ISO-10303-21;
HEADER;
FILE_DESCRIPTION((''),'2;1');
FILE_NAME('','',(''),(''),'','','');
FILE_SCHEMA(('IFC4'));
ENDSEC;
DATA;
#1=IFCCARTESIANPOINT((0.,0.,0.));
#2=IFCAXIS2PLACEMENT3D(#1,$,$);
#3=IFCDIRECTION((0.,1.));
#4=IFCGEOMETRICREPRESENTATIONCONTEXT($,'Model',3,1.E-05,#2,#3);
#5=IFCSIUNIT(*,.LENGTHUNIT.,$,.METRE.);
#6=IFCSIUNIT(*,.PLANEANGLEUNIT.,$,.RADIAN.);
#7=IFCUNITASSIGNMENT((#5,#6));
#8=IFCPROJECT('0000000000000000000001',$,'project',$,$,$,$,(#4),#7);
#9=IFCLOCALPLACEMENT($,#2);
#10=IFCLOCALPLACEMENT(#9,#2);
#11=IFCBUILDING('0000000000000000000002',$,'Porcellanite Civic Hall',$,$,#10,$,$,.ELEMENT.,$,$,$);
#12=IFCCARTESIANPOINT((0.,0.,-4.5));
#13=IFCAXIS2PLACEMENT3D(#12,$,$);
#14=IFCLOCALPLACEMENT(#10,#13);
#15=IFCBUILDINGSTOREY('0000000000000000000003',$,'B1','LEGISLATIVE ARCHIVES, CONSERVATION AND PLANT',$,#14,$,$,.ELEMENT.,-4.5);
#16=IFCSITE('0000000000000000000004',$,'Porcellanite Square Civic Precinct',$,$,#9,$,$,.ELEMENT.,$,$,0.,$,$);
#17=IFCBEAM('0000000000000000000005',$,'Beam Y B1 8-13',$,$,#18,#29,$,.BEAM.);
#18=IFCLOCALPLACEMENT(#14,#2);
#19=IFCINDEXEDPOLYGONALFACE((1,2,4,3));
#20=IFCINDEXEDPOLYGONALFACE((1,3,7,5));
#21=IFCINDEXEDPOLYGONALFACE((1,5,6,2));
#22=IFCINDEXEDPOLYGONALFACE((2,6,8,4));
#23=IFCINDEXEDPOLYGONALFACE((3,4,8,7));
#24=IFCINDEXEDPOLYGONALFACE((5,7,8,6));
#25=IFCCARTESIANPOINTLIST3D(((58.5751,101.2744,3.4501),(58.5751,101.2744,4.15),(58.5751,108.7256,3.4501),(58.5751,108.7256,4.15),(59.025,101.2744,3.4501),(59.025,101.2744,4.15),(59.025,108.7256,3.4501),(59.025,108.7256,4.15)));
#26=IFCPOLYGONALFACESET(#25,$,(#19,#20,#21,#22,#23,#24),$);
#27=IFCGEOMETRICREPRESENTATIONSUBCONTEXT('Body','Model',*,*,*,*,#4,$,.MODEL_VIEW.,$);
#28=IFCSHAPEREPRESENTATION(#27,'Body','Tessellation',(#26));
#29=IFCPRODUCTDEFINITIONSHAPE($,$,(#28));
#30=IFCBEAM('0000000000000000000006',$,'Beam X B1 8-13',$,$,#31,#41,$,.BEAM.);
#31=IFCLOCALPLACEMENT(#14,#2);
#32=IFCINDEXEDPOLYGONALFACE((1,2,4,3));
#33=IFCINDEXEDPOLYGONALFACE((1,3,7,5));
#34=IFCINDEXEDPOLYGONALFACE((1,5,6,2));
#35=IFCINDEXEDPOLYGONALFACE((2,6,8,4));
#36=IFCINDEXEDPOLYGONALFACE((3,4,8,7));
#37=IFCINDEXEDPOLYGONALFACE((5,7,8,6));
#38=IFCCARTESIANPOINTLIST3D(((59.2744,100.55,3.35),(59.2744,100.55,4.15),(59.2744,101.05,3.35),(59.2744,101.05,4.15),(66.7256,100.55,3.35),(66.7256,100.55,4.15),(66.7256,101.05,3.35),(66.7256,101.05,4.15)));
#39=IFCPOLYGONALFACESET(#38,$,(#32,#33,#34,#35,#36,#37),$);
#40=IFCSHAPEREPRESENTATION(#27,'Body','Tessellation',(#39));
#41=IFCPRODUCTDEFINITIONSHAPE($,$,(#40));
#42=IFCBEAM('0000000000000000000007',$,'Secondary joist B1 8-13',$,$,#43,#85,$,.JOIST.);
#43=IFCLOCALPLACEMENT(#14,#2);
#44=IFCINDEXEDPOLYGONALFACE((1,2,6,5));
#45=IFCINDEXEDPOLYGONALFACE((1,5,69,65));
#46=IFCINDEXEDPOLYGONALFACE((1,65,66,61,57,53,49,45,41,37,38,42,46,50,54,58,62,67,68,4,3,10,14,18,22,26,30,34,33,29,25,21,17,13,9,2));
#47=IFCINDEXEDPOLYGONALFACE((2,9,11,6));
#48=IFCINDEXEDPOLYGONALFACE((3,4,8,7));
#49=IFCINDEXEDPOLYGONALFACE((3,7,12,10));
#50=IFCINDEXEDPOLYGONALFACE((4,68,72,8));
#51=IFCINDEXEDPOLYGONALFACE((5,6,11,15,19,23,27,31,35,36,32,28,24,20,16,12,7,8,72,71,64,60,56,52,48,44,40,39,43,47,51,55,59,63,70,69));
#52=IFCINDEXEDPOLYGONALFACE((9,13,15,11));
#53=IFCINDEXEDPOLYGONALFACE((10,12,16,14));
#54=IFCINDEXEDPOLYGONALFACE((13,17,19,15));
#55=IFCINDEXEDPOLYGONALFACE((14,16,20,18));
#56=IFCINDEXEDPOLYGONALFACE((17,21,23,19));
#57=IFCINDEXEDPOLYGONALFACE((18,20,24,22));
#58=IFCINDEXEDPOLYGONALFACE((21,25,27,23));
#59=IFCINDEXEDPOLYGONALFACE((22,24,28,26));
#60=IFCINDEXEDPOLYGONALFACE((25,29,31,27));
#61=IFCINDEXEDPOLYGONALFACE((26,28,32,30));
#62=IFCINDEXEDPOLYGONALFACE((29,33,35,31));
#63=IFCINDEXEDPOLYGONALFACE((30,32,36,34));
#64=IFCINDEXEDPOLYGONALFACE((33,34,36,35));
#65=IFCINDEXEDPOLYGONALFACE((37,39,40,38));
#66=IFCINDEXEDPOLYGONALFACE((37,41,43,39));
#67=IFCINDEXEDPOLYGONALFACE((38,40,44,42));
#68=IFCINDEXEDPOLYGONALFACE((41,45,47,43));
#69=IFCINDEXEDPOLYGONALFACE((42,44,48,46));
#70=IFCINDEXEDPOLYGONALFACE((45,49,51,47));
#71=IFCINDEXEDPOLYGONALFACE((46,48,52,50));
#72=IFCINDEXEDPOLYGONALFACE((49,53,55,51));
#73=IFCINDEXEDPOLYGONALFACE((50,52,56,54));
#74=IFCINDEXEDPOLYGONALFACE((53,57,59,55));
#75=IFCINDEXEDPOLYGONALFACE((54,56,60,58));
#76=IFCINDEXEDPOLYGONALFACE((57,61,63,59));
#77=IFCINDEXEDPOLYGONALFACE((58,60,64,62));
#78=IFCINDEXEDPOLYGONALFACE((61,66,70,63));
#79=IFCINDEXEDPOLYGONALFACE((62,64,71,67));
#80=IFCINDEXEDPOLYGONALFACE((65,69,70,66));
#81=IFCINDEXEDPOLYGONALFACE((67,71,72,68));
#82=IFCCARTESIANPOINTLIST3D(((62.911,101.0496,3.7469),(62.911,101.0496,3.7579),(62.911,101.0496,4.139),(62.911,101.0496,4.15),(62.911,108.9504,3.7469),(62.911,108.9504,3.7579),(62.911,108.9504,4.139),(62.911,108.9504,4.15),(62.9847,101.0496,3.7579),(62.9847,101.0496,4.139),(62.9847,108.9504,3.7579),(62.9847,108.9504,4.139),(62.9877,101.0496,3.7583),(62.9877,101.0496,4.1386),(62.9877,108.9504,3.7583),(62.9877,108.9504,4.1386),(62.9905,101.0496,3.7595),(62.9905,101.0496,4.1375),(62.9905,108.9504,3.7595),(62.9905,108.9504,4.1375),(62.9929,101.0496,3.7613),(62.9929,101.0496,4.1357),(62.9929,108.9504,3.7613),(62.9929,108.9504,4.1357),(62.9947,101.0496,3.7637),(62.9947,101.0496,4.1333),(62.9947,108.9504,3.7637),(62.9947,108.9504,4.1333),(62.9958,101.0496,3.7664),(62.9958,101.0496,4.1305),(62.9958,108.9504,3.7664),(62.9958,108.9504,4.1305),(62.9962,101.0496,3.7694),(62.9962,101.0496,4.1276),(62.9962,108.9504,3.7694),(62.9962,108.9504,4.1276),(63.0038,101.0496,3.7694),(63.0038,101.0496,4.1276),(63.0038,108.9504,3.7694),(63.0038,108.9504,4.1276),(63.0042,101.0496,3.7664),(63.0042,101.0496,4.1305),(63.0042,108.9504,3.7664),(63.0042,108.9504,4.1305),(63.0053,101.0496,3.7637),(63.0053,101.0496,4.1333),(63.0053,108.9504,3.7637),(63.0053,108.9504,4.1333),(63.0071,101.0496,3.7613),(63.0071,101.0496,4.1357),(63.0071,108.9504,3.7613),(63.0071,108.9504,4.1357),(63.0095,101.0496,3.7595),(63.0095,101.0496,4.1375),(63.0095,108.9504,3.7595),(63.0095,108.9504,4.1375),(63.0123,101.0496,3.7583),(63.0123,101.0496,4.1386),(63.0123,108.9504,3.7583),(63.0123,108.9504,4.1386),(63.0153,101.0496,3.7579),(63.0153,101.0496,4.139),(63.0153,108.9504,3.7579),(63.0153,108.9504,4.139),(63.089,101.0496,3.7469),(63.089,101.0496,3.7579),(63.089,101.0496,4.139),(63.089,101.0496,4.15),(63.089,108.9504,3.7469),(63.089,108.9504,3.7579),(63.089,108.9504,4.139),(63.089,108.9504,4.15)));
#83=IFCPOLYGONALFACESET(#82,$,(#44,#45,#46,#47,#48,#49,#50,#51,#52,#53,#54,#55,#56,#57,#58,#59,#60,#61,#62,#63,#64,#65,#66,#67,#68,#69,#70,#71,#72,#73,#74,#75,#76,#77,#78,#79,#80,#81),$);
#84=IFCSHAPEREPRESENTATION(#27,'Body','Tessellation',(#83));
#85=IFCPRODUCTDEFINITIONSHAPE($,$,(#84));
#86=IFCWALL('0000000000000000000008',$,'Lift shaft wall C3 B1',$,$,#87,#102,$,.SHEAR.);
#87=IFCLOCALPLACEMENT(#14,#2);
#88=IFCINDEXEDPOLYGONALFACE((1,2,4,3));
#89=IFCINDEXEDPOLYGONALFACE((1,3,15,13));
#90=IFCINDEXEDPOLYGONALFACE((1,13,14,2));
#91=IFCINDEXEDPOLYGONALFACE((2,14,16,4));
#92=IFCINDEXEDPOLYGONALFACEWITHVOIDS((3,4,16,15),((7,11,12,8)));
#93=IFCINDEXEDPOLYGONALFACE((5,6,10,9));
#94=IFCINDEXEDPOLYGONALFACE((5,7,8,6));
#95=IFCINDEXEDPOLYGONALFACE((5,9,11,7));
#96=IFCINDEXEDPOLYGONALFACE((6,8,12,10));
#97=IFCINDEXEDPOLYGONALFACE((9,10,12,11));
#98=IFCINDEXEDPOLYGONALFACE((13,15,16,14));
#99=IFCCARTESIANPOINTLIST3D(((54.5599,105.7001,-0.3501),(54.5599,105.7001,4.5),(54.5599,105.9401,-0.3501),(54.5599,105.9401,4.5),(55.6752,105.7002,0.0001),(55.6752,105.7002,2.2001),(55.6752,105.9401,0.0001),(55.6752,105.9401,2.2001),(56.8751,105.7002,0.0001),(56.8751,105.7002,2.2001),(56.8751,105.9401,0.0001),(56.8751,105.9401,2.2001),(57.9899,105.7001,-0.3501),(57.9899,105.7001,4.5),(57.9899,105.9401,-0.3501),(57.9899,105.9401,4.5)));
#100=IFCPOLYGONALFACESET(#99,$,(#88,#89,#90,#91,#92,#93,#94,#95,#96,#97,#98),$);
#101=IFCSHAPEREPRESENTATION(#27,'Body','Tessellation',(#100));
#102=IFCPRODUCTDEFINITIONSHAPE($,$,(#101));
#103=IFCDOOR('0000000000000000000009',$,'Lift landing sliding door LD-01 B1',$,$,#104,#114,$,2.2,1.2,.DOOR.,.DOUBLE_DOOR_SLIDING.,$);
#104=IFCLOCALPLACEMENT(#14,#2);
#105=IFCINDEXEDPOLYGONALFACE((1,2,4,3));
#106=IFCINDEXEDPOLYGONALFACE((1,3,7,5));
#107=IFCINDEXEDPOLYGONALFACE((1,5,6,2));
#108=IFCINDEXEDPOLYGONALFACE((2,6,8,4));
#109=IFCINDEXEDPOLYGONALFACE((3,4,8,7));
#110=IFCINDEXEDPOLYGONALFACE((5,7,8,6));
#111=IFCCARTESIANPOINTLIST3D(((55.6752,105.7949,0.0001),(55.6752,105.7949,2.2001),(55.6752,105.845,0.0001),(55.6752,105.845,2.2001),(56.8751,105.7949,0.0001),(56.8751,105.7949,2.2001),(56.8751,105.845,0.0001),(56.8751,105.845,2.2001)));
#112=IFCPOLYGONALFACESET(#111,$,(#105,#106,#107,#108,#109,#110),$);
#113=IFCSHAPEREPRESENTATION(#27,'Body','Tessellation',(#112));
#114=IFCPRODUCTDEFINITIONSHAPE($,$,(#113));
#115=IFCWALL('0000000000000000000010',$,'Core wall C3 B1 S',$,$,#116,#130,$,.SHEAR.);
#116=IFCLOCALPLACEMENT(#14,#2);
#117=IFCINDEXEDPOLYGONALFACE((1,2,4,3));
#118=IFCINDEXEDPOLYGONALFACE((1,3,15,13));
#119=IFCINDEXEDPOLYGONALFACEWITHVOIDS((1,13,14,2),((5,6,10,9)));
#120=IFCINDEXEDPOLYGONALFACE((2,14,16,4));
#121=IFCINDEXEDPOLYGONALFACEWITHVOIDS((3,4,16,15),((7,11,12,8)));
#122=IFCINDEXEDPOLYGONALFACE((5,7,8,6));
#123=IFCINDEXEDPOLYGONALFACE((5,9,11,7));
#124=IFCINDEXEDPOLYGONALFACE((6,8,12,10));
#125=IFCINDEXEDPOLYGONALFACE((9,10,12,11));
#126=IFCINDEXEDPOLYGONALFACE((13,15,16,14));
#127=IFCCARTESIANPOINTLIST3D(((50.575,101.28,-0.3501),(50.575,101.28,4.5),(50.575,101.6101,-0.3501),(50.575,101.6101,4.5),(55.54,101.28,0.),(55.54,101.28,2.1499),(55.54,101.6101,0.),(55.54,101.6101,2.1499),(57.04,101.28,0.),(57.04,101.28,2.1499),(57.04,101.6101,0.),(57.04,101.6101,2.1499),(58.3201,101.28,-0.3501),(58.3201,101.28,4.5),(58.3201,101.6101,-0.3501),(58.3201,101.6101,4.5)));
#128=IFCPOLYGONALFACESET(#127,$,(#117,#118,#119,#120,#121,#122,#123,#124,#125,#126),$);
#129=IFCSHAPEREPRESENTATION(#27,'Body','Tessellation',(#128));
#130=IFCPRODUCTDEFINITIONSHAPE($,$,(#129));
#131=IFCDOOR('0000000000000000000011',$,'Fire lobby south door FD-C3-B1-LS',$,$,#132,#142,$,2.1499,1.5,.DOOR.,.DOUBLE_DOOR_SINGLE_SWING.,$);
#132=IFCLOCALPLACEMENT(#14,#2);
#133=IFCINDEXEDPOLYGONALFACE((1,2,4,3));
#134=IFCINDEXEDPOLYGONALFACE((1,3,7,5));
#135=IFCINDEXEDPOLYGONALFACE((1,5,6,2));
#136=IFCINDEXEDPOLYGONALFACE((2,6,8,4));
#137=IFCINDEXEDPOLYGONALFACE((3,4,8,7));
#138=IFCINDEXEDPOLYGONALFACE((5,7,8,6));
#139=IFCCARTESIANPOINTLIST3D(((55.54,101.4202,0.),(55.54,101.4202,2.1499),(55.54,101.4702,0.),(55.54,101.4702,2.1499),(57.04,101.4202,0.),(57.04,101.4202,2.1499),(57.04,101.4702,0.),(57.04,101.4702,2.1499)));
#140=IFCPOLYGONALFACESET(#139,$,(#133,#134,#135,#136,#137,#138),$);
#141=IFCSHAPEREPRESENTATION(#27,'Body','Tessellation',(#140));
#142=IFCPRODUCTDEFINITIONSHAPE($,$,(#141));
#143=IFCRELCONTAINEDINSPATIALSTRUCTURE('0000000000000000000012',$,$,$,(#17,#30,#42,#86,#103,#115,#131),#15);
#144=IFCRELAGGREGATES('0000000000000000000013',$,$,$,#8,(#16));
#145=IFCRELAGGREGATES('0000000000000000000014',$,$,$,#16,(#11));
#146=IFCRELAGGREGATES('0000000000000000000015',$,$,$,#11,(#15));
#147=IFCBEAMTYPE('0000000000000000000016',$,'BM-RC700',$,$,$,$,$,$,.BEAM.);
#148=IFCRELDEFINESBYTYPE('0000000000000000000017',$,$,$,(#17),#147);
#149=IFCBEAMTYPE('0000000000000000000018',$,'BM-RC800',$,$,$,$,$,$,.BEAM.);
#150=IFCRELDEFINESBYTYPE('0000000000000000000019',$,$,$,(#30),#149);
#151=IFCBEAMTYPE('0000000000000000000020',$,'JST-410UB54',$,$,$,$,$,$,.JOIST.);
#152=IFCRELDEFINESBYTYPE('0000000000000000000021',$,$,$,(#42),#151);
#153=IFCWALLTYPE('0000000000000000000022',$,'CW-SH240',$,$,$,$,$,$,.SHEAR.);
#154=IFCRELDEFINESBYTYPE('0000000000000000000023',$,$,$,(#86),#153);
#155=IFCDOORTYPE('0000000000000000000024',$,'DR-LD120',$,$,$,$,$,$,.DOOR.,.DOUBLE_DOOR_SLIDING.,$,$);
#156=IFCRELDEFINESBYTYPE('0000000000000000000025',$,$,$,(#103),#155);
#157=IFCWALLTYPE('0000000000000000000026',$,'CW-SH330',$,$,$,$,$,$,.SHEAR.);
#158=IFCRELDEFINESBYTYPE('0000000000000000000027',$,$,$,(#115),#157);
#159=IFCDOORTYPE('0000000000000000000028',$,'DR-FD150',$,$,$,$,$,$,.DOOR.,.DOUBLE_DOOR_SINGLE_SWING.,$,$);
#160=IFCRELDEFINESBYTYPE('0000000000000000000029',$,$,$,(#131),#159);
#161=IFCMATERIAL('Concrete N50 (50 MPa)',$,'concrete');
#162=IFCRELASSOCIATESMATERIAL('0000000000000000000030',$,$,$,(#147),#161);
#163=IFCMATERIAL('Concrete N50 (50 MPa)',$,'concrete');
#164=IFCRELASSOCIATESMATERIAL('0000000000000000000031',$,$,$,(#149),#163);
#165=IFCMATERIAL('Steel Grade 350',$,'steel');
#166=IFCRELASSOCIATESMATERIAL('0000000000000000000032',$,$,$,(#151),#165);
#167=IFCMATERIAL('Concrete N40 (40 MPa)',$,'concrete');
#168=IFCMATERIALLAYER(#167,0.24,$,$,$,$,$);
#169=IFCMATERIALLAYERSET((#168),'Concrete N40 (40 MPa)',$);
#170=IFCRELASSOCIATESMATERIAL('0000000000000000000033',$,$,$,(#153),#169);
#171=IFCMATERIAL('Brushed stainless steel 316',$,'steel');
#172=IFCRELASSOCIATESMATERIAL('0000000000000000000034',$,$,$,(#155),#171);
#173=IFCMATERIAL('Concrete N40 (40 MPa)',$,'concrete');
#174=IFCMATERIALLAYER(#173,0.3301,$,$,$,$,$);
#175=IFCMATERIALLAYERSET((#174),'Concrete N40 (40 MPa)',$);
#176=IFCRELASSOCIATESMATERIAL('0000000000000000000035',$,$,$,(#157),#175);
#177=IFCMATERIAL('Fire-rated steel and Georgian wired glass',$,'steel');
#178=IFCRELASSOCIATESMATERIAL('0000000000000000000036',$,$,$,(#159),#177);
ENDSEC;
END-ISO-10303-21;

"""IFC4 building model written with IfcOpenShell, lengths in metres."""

from ifc_helpers import new_model, si_unit, direction, frame, frame_2d, origin, origin_2d, place, context, subcontext, project, spatial, rectangle, i_section, extrude, material, layer, layer_set, material_profile, profile_set, type_object, element, fill, save


model = new_model("IFC4")

# Units and contexts
model_context = context("Model", 3, precision=1e-05, world=origin(), true_north=direction((0.0, 1.0)))
body_context = subcontext(model_context, "Body", "Model", "MODEL_VIEW")
ifc_project = project(units=[si_unit("LENGTHUNIT", "METRE"), si_unit("PLANEANGLEUNIT", "RADIAN")], contexts=[model_context])

# Site, building, storey
site_placement = place(None, origin())
site = spatial("IfcSite", under=ifc_project, at=site_placement, Name="Porcellanite Square Civic Precinct", CompositionType="ELEMENT", RefElevation=0.0)
building_placement = place(site_placement, origin())
building = spatial("IfcBuilding", under=site, at=building_placement, Name="Porcellanite Civic Hall", CompositionType="ELEMENT")
storey_placement = place(building_placement, frame((0.0, 0.0, -4.5)))
storey = spatial("IfcBuildingStorey", under=building, at=storey_placement, Name="B1", Description="LEGISLATIVE ARCHIVES, CONSERVATION AND PLANT", CompositionType="ELEMENT", Elevation=-4.5)

# Beams
ifc_material_1 = material(Name="Concrete N50 (50 MPa)", Category="concrete")
ifc_material_profile_1 = material_profile(ifc_material_1, rectangle(XDim=0.45, YDim=0.7, at=origin_2d()), Name="RC-450x700")
ifc_profile_set_1 = profile_set([ifc_material_profile_1], Name="Concrete N50 (50 MPa)")
beam_type_1 = type_object("IfcBeamType", Name="BM-RC700", PredefinedType="BEAM", material=ifc_profile_set_1)
beam_1_placement = place(storey_placement, frame((58.8, 101.2744, 3.8), z_axis=(0.0, 1.0, 0.0), x_axis=(-1.0, 0.0, 0.0)))
element("IfcBeam", 1, at=beam_1_placement, inside=storey, type_object=beam_type_1, Name="Beam Y B1 8-13", PredefinedType="BEAM", context=body_context, shape_type="SweptSolid", body=[
    extrude(rectangle(XDim=0.45, YDim=0.7, at=origin_2d()), origin(), (0.0, 0.0, 1.0), 7.4512),
])
ifc_material_2 = material(Name="Concrete N50 (50 MPa)", Category="concrete")
ifc_material_profile_2 = material_profile(ifc_material_2, rectangle(XDim=0.5, YDim=0.8, at=origin_2d()), Name="RC-500x800")
ifc_profile_set_2 = profile_set([ifc_material_profile_2], Name="Concrete N50 (50 MPa)")
beam_type_2 = type_object("IfcBeamType", Name="BM-RC800", PredefinedType="BEAM", material=ifc_profile_set_2)
beam_2_placement = place(storey_placement, frame((59.2744, 100.8, 3.75), z_axis=(1.0, 0.0, 0.0), x_axis=(0.0, 1.0, 0.0)))
element("IfcBeam", 2, at=beam_2_placement, inside=storey, type_object=beam_type_2, Name="Beam X B1 8-13", PredefinedType="BEAM", context=body_context, shape_type="SweptSolid", body=[
    extrude(rectangle(XDim=0.5, YDim=0.8, at=origin_2d()), origin(), (0.0, 0.0, 1.0), 7.4512),
])
ifc_material_3 = material(Name="Steel Grade 350", Category="steel")
ifc_material_profile_3 = material_profile(ifc_material_3, i_section(OverallWidth=0.178, OverallDepth=0.4031, WebThickness=0.0076, FlangeThickness=0.011, FilletRadius=0.0115, at=origin_2d()), Name="410UB53.7")
ifc_profile_set_3 = profile_set([ifc_material_profile_3], Name="Steel Grade 350")
beam_type_3 = type_object("IfcBeamType", Name="JST-410UB54", PredefinedType="JOIST", material=ifc_profile_set_3)
beam_3_placement = place(storey_placement, frame((63.0, 101.0496, 3.9485), z_axis=(0.0, 1.0, 0.0), x_axis=(-1.0, 0.0, 0.0)))
element("IfcBeam", 3, at=beam_3_placement, inside=storey, type_object=beam_type_3, Name="Secondary joist B1 8-13", PredefinedType="JOIST", context=body_context, shape_type="SweptSolid", body=[
    extrude(i_section(OverallWidth=0.178, OverallDepth=0.4031, WebThickness=0.0076, FlangeThickness=0.011, FilletRadius=0.0115, at=origin_2d()), origin(), (0.0, 0.0, 1.0), 7.9009),
])

# Walls, openings, doors
ifc_material_4 = material(Name="Concrete N40 (40 MPa)", Category="concrete")
ifc_layer_1 = layer(ifc_material_4, 0.24)
ifc_layer_set_1 = layer_set([ifc_layer_1], Name="Concrete N40 (40 MPa)")
wall_type_1 = type_object("IfcWallType", Name="CW-SH240", PredefinedType="SHEAR", material=ifc_layer_set_1)
wall_1_placement = place(storey_placement, frame((54.5601, 105.8201, -0.3501), z_axis=(0.0, 0.0, 1.0), x_axis=(1.0, 0.0, 0.0)))
wall_1 = element("IfcWall", 4, at=wall_1_placement, inside=storey, type_object=wall_type_1, Name="Lift shaft wall C3 B1", PredefinedType="SHEAR", context=body_context, shape_type="SweptSolid", body=[
    extrude(rectangle(XDim=3.4299, YDim=0.24, at=frame_2d((1.7148, 0.0))), origin(), (0.0, 0.0, 1.0), 4.8501),
])
opening_1_placement = place(wall_1_placement, frame((1.115, 0.0, 0.3501)))
opening_1 = element("IfcOpeningElement", 5, at=opening_1_placement, cuts=wall_1, PredefinedType="OPENING", context=body_context, shape_type="SweptSolid", body=[
    extrude(rectangle(XDim=1.2, YDim=2.2, at=frame_2d((0.6001, 1.1001))), frame((0.0, 0.1201, 0.0), z_axis=(0.0, -1.0, 0.0), x_axis=(1.0, 0.0, 0.0)), (0.0, 0.0, 1.0), 0.24),
])
ifc_material_5 = material(Name="Brushed stainless steel 316", Category="steel")
door_type_1 = type_object("IfcDoorType", Name="DR-LD120", OperationType="DOUBLE_DOOR_SLIDING", PredefinedType="DOOR", material=ifc_material_5)
door_1_placement = place(opening_1_placement, origin())
door_1 = element("IfcDoor", 6, at=door_1_placement, inside=storey, type_object=door_type_1, Name="Lift landing sliding door LD-01 B1", OperationType="DOUBLE_DOOR_SLIDING", OverallHeight=2.2, OverallWidth=1.2, PredefinedType="DOOR", context=body_context, shape_type="SweptSolid", body=[
    extrude(rectangle(XDim=1.2, YDim=2.2, at=frame_2d((0.6001, 1.1001))), frame((0.0, 0.0249, 0.0), z_axis=(0.0, -1.0, 0.0), x_axis=(1.0, 0.0, 0.0)), (0.0, 0.0, 1.0), 0.05),
])
fill(opening_1, door_1)
ifc_material_6 = material(Name="Concrete N40 (40 MPa)", Category="concrete")
ifc_layer_2 = layer(ifc_material_6, 0.3301)
ifc_layer_set_2 = layer_set([ifc_layer_2], Name="Concrete N40 (40 MPa)")
wall_type_2 = type_object("IfcWallType", Name="CW-SH330", PredefinedType="SHEAR", material=ifc_layer_set_2)
wall_2_placement = place(storey_placement, frame((58.3201, 101.4451, -0.3501), z_axis=(0.0, 0.0, 1.0), x_axis=(-1.0, 0.0, 0.0)))
wall_2 = element("IfcWall", 7, at=wall_2_placement, inside=storey, type_object=wall_type_2, Name="Core wall C3 B1 S", PredefinedType="SHEAR", context=body_context, shape_type="SweptSolid", body=[
    extrude(rectangle(XDim=7.7451, YDim=0.3301, at=frame_2d((3.8726, 0.0))), origin(), (0.0, 0.0, 1.0), 4.8501),
])
opening_2_placement = place(wall_2_placement, frame((1.28, 0.0, 0.3501)))
opening_2 = element("IfcOpeningElement", 8, at=opening_2_placement, cuts=wall_2, PredefinedType="OPENING", context=body_context, shape_type="SweptSolid", body=[
    extrude(rectangle(XDim=1.5, YDim=2.1499, at=frame_2d((0.75, 1.075))), frame((0.0, 0.165, 0.0), z_axis=(0.0, -1.0, 0.0), x_axis=(1.0, 0.0, 0.0)), (0.0, 0.0, 1.0), 0.3301),
])
ifc_material_7 = material(Name="Fire-rated steel and Georgian wired glass", Category="steel")
door_type_2 = type_object("IfcDoorType", Name="DR-FD150", OperationType="DOUBLE_DOOR_SINGLE_SWING", PredefinedType="DOOR", material=ifc_material_7)
door_2_placement = place(opening_2_placement, origin())
door_2 = element("IfcDoor", 9, at=door_2_placement, inside=storey, type_object=door_type_2, Name="Fire lobby south door FD-C3-B1-LS", OperationType="DOUBLE_DOOR_SINGLE_SWING", OverallHeight=2.1499, OverallWidth=1.5, PredefinedType="DOOR", context=body_context, shape_type="SweptSolid", body=[
    extrude(rectangle(XDim=1.5, YDim=2.1499, at=frame_2d((0.75, 1.075))), frame((0.0, 0.0249, 0.0), z_axis=(0.0, -1.0, 0.0), x_axis=(1.0, 0.0, 0.0)), (0.0, 0.0, 1.0), 0.05),
])
fill(opening_2, door_2)

save(model, "model.ifc")
